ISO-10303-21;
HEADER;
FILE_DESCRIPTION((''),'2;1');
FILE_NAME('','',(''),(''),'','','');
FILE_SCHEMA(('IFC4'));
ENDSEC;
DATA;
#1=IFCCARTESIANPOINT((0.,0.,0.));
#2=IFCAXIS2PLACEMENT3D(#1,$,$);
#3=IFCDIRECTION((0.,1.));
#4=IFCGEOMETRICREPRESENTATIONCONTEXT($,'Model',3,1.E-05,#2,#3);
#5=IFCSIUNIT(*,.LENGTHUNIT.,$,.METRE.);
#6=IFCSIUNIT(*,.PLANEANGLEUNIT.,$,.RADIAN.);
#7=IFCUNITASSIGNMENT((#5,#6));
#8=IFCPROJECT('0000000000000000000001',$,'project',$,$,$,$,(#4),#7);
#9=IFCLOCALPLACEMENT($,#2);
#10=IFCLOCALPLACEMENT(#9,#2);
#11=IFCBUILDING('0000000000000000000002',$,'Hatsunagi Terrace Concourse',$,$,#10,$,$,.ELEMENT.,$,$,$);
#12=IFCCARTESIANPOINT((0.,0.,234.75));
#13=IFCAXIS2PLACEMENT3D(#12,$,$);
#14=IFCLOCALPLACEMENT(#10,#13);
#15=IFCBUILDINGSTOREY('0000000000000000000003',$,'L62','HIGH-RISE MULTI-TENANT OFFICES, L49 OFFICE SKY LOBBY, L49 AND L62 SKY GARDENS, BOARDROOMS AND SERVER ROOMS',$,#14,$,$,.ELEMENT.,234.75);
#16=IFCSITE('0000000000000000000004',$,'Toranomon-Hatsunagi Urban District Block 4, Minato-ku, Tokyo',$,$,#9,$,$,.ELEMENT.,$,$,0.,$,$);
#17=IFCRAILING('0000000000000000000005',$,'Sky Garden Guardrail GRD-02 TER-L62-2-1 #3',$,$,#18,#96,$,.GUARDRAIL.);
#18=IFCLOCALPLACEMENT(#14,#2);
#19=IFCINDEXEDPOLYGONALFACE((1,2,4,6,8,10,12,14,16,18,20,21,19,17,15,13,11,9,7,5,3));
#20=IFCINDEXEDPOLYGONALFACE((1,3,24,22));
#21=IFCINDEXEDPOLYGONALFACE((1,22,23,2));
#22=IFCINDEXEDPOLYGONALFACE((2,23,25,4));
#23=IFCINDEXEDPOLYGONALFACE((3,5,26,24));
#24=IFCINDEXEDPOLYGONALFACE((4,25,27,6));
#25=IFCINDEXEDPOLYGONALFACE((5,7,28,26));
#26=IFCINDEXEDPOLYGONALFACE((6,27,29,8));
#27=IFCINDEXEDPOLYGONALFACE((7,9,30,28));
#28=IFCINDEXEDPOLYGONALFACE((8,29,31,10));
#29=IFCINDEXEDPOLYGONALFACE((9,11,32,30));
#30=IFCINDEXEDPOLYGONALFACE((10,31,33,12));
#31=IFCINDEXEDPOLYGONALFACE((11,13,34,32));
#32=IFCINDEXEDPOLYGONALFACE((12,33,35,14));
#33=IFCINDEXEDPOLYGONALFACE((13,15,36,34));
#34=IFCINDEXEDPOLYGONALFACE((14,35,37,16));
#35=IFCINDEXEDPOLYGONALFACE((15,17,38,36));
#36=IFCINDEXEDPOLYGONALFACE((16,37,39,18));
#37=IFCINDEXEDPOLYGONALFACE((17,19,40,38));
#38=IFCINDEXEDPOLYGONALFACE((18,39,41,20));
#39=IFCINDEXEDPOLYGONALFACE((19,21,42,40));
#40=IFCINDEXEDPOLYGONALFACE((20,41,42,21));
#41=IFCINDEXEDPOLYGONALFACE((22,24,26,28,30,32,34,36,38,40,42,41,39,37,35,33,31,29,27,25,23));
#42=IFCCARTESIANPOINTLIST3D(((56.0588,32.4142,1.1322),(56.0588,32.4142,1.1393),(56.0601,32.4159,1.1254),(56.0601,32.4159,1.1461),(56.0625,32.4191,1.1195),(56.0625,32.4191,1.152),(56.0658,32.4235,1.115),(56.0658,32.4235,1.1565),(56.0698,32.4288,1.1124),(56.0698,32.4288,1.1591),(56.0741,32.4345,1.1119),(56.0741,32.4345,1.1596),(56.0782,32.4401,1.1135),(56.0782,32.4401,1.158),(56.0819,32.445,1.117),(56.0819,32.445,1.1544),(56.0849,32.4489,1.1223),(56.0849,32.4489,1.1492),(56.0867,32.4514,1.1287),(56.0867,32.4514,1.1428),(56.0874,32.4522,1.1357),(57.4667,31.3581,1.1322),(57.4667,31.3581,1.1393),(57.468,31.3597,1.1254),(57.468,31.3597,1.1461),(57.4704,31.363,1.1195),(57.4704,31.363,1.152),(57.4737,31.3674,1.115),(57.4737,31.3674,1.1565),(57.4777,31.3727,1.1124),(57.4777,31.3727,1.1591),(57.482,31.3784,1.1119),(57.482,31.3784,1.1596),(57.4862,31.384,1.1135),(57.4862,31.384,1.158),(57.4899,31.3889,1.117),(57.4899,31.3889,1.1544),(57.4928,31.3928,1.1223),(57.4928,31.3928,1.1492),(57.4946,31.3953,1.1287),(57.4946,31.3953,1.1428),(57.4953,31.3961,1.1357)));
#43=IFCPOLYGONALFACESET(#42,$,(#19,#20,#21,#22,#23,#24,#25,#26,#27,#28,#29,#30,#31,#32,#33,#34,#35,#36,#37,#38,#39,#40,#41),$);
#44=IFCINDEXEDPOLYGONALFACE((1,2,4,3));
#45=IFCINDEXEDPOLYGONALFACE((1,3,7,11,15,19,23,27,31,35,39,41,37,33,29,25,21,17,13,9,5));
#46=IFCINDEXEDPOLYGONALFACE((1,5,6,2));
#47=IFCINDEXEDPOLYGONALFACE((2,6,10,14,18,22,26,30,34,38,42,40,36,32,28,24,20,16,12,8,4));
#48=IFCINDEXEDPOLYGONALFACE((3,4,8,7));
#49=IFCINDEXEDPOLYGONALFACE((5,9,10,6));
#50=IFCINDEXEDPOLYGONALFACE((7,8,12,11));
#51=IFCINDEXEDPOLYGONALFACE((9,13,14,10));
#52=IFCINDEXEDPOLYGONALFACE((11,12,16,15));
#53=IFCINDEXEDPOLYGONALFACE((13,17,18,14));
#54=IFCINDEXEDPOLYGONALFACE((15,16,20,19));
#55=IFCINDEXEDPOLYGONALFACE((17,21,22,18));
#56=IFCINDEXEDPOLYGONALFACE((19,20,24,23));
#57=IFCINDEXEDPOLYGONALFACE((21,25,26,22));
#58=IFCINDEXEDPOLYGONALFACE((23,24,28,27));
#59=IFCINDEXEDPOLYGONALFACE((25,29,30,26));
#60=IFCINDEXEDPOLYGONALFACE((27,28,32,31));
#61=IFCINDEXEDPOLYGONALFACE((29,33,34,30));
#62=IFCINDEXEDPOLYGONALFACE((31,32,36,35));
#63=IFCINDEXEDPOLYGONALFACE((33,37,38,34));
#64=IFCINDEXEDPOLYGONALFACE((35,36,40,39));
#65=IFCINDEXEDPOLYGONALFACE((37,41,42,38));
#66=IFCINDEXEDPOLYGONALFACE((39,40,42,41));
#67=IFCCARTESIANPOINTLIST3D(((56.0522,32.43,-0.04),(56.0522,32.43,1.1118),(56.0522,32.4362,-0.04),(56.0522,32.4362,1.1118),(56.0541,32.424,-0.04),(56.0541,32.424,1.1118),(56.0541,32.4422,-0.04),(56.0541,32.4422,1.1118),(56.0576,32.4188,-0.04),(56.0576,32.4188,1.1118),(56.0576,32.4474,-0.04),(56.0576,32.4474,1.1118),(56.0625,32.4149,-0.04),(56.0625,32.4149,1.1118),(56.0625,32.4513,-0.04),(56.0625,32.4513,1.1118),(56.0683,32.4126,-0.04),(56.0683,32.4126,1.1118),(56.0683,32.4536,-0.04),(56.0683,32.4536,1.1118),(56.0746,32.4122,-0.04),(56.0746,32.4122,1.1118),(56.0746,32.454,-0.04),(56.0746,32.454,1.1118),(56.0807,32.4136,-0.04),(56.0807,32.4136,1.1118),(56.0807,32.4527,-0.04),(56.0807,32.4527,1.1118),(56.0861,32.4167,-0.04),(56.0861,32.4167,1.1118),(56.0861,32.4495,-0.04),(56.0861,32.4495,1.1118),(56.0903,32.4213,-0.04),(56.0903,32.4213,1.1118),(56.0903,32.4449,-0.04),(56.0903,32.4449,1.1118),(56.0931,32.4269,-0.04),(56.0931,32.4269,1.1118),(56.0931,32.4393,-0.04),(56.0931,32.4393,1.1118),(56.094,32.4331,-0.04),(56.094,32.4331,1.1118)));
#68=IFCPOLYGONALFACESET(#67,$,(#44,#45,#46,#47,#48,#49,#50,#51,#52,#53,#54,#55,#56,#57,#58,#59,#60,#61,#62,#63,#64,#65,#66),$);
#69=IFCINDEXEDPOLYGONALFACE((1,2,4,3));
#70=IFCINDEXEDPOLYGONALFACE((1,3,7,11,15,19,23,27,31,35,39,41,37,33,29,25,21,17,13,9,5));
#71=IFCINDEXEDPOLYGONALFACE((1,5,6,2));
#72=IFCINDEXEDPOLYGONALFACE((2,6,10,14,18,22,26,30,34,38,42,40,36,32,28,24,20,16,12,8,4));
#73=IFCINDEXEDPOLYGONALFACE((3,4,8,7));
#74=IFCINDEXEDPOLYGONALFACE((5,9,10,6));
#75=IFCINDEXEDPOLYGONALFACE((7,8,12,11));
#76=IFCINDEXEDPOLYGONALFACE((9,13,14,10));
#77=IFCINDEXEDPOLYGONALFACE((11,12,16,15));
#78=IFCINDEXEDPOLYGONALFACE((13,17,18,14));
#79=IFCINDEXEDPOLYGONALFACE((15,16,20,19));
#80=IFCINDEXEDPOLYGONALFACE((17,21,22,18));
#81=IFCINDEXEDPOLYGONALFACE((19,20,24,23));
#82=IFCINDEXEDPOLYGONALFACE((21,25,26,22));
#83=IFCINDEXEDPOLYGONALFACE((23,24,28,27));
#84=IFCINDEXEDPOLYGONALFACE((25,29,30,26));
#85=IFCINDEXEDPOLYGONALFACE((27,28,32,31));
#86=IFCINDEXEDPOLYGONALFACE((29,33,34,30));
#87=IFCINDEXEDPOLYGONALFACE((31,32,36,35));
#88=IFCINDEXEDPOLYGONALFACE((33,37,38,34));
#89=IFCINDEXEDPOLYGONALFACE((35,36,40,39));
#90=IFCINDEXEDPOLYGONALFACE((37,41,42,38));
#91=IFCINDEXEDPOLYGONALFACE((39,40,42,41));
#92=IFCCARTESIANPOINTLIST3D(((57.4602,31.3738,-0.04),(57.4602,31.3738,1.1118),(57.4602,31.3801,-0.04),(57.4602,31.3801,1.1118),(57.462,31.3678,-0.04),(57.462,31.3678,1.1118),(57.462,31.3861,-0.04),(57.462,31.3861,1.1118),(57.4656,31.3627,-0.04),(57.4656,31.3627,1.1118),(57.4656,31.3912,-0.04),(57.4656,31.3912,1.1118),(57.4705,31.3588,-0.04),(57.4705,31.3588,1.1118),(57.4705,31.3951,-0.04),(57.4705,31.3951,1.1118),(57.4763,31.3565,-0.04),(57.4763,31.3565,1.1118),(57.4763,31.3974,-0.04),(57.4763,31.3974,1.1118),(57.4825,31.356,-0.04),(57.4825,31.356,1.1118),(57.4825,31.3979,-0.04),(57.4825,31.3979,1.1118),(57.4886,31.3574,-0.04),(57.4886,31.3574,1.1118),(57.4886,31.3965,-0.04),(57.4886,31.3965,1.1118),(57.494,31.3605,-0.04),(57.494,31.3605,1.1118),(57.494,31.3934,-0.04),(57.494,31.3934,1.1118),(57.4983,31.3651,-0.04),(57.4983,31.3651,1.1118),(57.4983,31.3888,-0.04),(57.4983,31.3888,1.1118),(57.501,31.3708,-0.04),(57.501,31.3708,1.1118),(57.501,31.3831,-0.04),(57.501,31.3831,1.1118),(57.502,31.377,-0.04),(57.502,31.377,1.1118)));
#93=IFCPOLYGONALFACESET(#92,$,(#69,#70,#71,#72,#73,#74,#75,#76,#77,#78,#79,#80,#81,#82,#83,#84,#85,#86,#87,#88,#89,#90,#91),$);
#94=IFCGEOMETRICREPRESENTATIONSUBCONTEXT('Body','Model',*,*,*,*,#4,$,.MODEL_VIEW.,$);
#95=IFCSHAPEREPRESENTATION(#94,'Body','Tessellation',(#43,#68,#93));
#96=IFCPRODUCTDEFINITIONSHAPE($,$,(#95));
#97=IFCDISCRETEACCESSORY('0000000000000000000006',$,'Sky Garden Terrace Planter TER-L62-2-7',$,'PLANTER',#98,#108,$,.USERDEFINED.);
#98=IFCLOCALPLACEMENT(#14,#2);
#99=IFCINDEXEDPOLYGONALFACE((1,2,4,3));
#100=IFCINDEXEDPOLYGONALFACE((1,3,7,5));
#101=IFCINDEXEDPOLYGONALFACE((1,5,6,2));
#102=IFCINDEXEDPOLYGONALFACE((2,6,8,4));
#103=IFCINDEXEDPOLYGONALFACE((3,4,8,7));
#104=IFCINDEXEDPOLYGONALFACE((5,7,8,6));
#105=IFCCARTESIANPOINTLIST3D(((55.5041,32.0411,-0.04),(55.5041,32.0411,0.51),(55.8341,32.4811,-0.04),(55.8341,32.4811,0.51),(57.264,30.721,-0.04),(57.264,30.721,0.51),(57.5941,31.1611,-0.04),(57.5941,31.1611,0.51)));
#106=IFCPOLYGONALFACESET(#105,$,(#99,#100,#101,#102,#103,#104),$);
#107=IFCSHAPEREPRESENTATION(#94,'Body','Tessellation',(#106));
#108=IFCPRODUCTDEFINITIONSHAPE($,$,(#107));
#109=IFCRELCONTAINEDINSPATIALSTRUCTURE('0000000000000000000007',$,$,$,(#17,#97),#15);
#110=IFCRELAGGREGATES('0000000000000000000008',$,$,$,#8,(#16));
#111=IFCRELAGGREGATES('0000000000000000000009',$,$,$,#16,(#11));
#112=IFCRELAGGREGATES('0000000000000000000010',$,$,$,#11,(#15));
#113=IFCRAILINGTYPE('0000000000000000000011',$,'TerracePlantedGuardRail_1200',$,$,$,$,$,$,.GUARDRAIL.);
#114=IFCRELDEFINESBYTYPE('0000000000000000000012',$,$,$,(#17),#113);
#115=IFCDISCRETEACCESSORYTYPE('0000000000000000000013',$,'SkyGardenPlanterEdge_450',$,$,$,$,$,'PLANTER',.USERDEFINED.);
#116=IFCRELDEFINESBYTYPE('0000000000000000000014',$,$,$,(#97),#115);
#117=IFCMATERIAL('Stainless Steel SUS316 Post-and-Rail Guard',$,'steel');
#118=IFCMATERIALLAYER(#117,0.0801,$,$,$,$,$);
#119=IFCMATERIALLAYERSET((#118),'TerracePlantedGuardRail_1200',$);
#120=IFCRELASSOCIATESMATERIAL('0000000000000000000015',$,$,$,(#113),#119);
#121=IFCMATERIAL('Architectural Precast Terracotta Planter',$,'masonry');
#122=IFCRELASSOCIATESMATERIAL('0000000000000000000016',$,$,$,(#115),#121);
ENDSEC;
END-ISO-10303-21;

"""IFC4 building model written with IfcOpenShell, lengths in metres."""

from ifc_helpers import new_model, si_unit, direction, frame, origin, origin_2d, place, context, subcontext, project, spatial, rectangle, circle, extrude, material, layer, layer_set, type_object, element, save


model = new_model("IFC4")

# Units and contexts
model_context = context("Model", 3, precision=1e-05, world=origin(), true_north=direction((0.0, 1.0)))
body_context = subcontext(model_context, "Body", "Model", "MODEL_VIEW")
ifc_project = project(units=[si_unit("LENGTHUNIT", "METRE"), si_unit("PLANEANGLEUNIT", "RADIAN")], contexts=[model_context])

# Site, building, storey
site_placement = place(None, origin())
site = spatial("IfcSite", under=ifc_project, at=site_placement, Name="Toranomon-Hatsunagi Urban District Block 4, Minato-ku, Tokyo", CompositionType="ELEMENT", RefElevation=0.0)
building_placement = place(site_placement, origin())
building = spatial("IfcBuilding", under=site, at=building_placement, Name="Hatsunagi Terrace Concourse", CompositionType="ELEMENT")
storey_placement = place(building_placement, frame((0.0, 0.0, 234.75)))
storey = spatial("IfcBuildingStorey", under=building, at=storey_placement, Name="L62", Description="HIGH-RISE MULTI-TENANT OFFICES, L49 OFFICE SKY LOBBY, L49 AND L62 SKY GARDENS, BOARDROOMS AND SERVER ROOMS", CompositionType="ELEMENT", Elevation=234.75)

# Railing
ifc_material_1 = material(Name="Stainless Steel SUS316 Post-and-Rail Guard", Category="steel")
ifc_layer_1 = layer(ifc_material_1, 0.0801)
ifc_layer_set_1 = layer_set([ifc_layer_1], Name="TerracePlantedGuardRail_1200")
railing_type = type_object("IfcRailingType", Name="TerracePlantedGuardRail_1200", PredefinedType="GUARDRAIL", material=ifc_layer_set_1)
railing_1_placement = place(storey_placement, frame((56.073, 32.4331, -0.04)))
element("IfcRailing", 1, at=railing_1_placement, inside=storey, type_object=railing_type, Name="Sky Garden Guardrail GRD-02 TER-L62-2-1 #3", PredefinedType="GUARDRAIL", context=body_context, shape_type="SweptSolid", body=[
    extrude(circle(Radius=0.0239, at=origin_2d()), frame((0.0, 0.0, 1.1758), z_axis=(0.79995, -0.600067, 0.0), x_axis=(0.600067, 0.79995, 0.0)), (0.0, 0.0, 1.0), 1.76),
    extrude(circle(Radius=0.021, at=origin_2d()), origin(), (0.0, 0.0, 1.0), 1.1519),
    extrude(circle(Radius=0.021, at=origin_2d()), frame((1.408, -1.0562, 0.0)), (0.0, 0.0, 1.0), 1.1519),
])

# Discrete accessory
ifc_material_2 = material(Name="Architectural Precast Terracotta Planter", Category="masonry")
discrete_accessory_type = type_object("IfcDiscreteAccessoryType", Name="SkyGardenPlanterEdge_450", ElementType="PLANTER", PredefinedType="USERDEFINED", material=ifc_material_2)
discrete_accessory_placement = place(storey_placement, frame((56.5491, 31.6011, -0.04), z_axis=(0.0, 0.0, 1.0), x_axis=(0.799978, -0.600029, 0.0)))
element("IfcDiscreteAccessory", 2, at=discrete_accessory_placement, inside=storey, type_object=discrete_accessory_type, Name="Sky Garden Terrace Planter TER-L62-2-7", ObjectType="PLANTER", PredefinedType="USERDEFINED", context=body_context, shape_type="SweptSolid", body=[
    extrude(rectangle(XDim=2.2, YDim=0.55, at=origin_2d()), origin(), (0.0, 0.0, 1.0), 0.55),
])

save(model, "model.ifc")
